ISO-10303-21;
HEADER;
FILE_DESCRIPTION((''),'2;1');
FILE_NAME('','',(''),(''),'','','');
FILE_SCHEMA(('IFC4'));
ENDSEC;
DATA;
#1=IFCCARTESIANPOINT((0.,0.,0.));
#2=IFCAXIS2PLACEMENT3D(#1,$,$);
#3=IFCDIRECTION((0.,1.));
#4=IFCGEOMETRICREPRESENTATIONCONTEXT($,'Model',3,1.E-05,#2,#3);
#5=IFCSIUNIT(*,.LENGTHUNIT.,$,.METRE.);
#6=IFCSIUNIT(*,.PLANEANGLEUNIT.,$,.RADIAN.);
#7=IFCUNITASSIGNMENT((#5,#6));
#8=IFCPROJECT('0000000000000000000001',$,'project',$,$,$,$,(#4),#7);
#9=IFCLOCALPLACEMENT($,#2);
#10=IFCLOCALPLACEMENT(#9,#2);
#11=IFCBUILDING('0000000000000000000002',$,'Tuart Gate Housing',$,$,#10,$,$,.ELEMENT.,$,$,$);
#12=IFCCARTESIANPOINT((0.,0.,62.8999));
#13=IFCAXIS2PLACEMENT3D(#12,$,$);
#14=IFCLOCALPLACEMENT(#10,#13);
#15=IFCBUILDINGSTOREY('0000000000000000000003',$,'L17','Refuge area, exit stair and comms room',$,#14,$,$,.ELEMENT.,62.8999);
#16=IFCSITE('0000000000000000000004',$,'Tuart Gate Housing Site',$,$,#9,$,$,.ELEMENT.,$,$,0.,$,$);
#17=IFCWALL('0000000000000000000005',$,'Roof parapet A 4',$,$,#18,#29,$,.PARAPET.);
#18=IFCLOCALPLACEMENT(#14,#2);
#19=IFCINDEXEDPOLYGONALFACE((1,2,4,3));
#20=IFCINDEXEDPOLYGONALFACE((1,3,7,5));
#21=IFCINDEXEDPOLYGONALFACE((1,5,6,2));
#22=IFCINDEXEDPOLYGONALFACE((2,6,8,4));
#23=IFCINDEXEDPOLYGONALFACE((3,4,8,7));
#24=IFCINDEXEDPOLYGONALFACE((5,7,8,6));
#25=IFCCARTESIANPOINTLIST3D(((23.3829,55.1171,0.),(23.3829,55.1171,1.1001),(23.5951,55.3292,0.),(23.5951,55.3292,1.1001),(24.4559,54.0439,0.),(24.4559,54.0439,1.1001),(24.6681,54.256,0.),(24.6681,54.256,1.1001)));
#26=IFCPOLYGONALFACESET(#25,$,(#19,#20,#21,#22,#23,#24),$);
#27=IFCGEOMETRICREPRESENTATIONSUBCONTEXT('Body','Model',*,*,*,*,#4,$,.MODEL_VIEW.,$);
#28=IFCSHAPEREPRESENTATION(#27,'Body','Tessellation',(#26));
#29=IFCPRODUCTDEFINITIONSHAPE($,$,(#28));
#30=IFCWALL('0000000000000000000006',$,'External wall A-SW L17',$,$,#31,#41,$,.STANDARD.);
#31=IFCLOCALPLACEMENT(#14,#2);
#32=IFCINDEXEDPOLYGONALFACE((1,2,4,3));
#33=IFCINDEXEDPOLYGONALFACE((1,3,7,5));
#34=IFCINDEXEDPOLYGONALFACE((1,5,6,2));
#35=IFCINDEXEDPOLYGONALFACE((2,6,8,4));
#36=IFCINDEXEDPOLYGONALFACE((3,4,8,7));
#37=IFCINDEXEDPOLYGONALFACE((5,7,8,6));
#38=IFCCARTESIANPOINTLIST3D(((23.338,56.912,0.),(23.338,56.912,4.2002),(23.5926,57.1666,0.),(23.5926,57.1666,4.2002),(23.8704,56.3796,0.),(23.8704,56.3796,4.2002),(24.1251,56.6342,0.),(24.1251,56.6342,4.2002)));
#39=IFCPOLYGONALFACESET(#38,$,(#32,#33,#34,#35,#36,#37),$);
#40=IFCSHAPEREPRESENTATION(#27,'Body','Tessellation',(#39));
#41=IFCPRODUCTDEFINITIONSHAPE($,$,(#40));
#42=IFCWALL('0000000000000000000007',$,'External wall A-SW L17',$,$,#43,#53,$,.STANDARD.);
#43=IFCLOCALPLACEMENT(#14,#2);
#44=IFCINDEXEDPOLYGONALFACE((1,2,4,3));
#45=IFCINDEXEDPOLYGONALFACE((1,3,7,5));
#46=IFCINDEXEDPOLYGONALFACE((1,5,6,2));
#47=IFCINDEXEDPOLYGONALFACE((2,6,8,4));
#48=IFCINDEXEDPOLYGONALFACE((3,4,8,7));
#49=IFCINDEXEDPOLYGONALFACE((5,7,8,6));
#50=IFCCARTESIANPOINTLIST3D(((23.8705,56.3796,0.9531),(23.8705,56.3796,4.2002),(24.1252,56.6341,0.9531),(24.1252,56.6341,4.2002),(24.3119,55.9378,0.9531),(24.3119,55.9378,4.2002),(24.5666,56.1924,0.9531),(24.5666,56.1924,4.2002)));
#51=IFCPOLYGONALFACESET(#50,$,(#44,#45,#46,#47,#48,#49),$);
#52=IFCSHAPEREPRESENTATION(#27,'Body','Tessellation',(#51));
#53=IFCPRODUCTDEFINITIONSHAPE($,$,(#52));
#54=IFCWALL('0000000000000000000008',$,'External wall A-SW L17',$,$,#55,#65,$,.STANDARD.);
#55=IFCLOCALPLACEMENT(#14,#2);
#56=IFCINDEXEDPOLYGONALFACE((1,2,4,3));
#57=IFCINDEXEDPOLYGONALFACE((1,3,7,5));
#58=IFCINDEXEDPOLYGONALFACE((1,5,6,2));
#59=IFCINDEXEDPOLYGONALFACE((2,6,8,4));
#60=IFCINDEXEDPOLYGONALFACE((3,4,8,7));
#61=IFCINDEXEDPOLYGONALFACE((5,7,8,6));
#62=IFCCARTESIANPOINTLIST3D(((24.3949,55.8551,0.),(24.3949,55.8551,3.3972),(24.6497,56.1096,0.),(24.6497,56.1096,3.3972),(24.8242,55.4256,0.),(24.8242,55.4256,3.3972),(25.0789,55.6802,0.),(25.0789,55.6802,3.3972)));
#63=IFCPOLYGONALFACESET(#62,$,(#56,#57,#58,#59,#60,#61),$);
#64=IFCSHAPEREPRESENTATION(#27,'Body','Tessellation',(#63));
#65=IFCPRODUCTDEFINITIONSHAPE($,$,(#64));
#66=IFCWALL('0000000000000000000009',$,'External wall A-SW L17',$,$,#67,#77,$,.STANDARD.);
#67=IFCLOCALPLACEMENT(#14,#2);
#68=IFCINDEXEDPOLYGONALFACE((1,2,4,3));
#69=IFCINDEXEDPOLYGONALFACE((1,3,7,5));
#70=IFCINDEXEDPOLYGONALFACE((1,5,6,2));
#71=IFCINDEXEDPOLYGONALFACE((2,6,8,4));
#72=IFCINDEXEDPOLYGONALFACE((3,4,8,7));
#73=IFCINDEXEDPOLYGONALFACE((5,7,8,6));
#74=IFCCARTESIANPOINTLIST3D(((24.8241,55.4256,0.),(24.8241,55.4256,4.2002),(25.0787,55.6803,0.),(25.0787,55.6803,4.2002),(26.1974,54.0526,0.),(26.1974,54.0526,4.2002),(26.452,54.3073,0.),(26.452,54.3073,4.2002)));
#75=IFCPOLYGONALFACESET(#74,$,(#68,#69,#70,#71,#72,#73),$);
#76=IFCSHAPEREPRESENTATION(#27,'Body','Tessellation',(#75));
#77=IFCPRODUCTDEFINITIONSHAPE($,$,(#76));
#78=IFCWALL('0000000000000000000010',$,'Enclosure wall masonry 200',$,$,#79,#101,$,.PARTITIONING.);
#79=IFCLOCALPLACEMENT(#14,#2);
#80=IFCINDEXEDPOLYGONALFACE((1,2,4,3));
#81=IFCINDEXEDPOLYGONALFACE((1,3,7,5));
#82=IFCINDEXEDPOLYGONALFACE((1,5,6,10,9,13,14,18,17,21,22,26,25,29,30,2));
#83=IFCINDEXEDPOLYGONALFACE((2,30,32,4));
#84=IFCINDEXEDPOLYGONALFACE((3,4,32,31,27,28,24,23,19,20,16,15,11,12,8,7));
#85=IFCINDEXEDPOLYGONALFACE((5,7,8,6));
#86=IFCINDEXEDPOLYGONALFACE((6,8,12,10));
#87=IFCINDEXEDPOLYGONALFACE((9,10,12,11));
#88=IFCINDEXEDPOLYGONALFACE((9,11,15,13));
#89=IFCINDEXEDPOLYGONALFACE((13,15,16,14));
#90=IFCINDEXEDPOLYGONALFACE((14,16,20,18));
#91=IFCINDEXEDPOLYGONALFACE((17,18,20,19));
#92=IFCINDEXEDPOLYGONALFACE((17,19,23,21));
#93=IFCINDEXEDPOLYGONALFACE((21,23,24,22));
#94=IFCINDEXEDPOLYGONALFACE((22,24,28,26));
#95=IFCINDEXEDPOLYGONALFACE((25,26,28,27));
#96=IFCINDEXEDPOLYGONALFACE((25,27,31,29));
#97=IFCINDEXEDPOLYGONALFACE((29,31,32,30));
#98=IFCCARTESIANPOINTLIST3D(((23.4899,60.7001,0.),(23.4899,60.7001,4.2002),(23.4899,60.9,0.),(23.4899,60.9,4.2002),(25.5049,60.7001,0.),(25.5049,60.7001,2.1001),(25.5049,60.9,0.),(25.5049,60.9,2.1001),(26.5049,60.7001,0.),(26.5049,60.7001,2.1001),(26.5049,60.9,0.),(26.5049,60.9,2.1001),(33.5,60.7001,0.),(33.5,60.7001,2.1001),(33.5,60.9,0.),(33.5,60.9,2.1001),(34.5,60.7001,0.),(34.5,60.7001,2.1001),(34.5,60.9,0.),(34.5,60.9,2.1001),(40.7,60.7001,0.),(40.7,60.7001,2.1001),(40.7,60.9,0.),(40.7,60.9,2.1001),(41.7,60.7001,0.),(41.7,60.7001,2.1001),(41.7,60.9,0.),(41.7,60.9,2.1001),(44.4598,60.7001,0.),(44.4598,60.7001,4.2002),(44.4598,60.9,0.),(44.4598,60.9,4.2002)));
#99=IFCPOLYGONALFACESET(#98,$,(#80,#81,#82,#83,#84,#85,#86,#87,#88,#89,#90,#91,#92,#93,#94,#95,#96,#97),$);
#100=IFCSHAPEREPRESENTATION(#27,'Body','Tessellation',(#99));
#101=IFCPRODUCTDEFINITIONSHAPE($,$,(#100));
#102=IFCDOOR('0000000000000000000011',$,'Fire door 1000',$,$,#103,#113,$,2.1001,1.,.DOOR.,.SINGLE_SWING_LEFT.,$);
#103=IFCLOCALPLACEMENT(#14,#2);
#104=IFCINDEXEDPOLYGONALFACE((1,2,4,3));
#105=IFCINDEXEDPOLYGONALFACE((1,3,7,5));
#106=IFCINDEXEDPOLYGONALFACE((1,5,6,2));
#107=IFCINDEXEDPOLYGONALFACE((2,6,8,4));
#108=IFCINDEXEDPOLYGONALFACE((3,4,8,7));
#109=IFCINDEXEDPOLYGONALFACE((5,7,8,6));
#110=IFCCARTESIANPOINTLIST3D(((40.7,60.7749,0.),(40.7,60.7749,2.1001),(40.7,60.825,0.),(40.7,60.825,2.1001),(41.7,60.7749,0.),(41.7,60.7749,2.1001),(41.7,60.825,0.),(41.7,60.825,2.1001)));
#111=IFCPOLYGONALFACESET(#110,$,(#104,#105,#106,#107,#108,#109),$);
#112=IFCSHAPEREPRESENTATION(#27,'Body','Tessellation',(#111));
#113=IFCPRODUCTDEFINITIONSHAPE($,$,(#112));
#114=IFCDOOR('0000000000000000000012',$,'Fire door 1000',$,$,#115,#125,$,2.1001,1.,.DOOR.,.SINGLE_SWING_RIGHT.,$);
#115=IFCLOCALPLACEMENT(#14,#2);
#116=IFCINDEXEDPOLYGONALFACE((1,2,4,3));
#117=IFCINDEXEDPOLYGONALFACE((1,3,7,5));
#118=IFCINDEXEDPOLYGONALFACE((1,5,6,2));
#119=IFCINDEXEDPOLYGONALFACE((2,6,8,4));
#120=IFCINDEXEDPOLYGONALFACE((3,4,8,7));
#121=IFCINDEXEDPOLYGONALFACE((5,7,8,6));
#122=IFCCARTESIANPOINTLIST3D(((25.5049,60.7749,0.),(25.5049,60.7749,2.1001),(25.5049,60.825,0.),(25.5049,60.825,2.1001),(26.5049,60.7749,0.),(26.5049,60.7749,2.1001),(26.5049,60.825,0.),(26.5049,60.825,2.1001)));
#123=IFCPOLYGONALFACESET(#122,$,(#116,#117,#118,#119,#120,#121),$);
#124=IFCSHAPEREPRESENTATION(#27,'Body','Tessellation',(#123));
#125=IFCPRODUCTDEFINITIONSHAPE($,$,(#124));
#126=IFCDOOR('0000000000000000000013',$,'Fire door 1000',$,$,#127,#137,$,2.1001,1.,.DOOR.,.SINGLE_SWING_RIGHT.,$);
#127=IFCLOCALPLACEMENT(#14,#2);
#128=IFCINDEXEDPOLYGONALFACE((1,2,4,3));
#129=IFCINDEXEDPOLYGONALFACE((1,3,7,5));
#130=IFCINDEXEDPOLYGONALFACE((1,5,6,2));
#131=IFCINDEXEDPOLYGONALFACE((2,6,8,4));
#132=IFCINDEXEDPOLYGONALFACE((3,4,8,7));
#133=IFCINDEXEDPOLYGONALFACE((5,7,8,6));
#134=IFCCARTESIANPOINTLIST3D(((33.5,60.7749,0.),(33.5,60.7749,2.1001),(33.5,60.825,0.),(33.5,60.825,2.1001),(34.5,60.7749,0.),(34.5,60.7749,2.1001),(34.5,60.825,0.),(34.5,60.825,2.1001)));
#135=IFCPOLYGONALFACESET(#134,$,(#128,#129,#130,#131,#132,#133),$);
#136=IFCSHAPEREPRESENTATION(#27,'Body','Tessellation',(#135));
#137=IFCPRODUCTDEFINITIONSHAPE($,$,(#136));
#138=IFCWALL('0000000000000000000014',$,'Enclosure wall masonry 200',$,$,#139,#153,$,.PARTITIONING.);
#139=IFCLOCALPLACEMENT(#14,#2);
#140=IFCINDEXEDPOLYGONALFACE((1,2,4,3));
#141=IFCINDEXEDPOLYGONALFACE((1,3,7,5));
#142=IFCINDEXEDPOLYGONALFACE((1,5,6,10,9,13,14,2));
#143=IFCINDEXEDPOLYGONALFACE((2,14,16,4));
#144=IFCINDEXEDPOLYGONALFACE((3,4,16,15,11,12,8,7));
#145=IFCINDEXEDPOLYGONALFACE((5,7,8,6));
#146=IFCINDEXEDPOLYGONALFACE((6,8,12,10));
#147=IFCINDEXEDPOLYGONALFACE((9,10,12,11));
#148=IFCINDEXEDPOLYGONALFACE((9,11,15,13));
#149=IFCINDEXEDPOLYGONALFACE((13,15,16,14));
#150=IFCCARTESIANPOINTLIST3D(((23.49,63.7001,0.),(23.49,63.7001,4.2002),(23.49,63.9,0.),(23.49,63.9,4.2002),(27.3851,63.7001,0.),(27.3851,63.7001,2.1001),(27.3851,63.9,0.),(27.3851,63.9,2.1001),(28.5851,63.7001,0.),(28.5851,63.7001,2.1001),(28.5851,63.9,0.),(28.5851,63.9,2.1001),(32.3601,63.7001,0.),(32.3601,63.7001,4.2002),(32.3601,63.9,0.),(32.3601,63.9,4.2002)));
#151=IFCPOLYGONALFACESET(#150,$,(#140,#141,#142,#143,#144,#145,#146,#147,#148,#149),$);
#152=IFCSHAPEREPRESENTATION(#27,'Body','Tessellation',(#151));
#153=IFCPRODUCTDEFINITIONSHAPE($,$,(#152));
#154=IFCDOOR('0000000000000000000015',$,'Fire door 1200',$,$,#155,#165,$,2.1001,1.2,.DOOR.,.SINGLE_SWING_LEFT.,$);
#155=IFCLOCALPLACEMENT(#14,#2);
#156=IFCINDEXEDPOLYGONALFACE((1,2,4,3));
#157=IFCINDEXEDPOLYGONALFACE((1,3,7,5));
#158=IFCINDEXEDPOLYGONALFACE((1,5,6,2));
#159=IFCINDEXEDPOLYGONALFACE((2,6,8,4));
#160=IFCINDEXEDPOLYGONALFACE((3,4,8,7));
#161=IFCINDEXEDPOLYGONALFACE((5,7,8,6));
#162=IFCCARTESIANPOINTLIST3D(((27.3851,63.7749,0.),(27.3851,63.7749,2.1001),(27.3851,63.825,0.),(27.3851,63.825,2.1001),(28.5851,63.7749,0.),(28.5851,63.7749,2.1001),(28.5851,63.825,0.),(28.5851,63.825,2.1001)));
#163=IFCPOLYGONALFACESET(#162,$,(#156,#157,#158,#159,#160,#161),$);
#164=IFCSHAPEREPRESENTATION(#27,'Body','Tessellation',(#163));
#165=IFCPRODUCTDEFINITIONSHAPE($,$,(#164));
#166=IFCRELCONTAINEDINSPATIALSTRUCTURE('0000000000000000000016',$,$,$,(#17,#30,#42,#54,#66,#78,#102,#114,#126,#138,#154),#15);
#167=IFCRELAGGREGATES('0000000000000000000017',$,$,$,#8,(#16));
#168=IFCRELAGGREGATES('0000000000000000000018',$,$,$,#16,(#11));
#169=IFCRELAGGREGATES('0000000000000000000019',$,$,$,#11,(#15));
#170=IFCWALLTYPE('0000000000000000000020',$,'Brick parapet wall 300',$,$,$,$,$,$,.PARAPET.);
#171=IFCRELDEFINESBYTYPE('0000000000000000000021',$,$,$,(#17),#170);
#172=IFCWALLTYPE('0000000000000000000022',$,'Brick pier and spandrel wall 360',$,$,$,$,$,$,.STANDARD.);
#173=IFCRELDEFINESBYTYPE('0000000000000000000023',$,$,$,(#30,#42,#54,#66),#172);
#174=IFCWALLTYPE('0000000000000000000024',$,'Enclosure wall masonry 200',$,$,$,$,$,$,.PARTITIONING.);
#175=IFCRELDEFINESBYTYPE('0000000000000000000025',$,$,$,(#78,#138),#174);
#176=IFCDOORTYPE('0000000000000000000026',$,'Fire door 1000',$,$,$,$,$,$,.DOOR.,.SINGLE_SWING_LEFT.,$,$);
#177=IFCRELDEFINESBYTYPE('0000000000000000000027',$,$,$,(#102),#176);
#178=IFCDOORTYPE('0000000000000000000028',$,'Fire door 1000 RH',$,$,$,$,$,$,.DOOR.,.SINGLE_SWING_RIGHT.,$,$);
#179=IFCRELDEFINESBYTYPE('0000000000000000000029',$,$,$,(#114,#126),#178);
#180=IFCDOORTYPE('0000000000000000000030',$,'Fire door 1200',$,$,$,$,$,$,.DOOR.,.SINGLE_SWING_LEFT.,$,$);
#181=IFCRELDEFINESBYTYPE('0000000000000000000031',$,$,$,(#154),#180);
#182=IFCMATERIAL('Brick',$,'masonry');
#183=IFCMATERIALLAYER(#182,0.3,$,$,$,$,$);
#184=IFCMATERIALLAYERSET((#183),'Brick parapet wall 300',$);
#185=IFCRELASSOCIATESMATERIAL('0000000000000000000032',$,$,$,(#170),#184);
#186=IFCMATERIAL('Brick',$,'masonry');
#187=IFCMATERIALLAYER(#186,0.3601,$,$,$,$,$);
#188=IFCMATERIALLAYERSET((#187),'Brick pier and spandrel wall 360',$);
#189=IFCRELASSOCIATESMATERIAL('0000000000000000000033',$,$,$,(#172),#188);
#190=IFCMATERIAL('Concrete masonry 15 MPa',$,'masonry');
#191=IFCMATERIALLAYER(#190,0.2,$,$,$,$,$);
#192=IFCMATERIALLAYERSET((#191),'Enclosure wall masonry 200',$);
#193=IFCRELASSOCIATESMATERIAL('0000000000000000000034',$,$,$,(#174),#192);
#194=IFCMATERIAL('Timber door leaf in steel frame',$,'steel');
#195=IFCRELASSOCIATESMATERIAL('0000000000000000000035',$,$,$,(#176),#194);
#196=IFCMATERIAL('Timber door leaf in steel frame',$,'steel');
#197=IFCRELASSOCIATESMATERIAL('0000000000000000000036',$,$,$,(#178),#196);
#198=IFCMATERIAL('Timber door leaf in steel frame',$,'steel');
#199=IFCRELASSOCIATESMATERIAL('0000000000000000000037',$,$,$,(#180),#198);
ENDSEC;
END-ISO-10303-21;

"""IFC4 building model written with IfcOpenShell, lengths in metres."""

from ifc_helpers import new_model, si_unit, direction, frame, frame_2d, origin, place, context, subcontext, project, spatial, rectangle, extrude, material, layer, layer_set, type_object, element, fill, save


model = new_model("IFC4")

# Units and contexts
model_context = context("Model", 3, precision=1e-05, world=origin(), true_north=direction((0.0, 1.0)))
body_context = subcontext(model_context, "Body", "Model", "MODEL_VIEW")
ifc_project = project(units=[si_unit("LENGTHUNIT", "METRE"), si_unit("PLANEANGLEUNIT", "RADIAN")], contexts=[model_context])

# Site, building, storey
site_placement = place(None, origin())
site = spatial("IfcSite", under=ifc_project, at=site_placement, Name="Tuart Gate Housing Site", CompositionType="ELEMENT", RefElevation=0.0)
building_placement = place(site_placement, origin())
building = spatial("IfcBuilding", under=site, at=building_placement, Name="Tuart Gate Housing", CompositionType="ELEMENT")
storey_placement = place(building_placement, frame((0.0, 0.0, 62.8999)))
storey = spatial("IfcBuildingStorey", under=building, at=storey_placement, Name="L17", Description="Refuge area, exit stair and comms room", CompositionType="ELEMENT", Elevation=62.8999)

# Walls
ifc_material_1 = material(Name="Brick", Category="masonry")
ifc_layer_1 = layer(ifc_material_1, 0.3)
ifc_layer_set_1 = layer_set([ifc_layer_1], Name="Brick parapet wall 300")
wall_type_1 = type_object("IfcWallType", Name="Brick parapet wall 300", PredefinedType="PARAPET", material=ifc_layer_set_1)
wall_1_placement = place(storey_placement, frame((23.489, 55.2231, 0.0), z_axis=(0.0, 0.0, 1.0), x_axis=(0.707026, -0.707187, 0.0)))
element("IfcWall", 1, at=wall_1_placement, inside=storey, type_object=wall_type_1, Name="Roof parapet A 4", PredefinedType="PARAPET", context=body_context, shape_type="SweptSolid", body=[
    extrude(rectangle(XDim=1.5176, YDim=0.3, at=frame_2d((0.7588, 0.0))), origin(), (0.0, 0.0, 1.0), 1.1001),
])
ifc_material_2 = material(Name="Brick", Category="masonry")
ifc_layer_2 = layer(ifc_material_2, 0.3601)
ifc_layer_set_2 = layer_set([ifc_layer_2], Name="Brick pier and spandrel wall 360")
wall_type_2 = type_object("IfcWallType", Name="Brick pier and spandrel wall 360", PredefinedType="STANDARD", material=ifc_layer_set_2)
wall_2_placement = place(storey_placement, frame((23.4653, 57.0393, 0.0), z_axis=(0.0, 0.0, 1.0), x_axis=(0.707107, -0.707107, 0.0)))
element("IfcWall", 2, at=wall_2_placement, inside=storey, type_object=wall_type_2, Name="External wall A-SW L17", PredefinedType="STANDARD", context=body_context, shape_type="SweptSolid", body=[
    extrude(rectangle(XDim=0.7529, YDim=0.3601, at=frame_2d((0.3765, 0.0))), origin(), (0.0, 0.0, 1.0), 4.2002),
])
wall_3_placement = place(storey_placement, frame((23.9978, 56.5068, 0.9531), z_axis=(0.0, 0.0, 1.0), x_axis=(0.706911, -0.707302, 0.0)))
element("IfcWall", 3, at=wall_3_placement, inside=storey, type_object=wall_type_2, Name="External wall A-SW L17", PredefinedType="STANDARD", context=body_context, shape_type="SweptSolid", body=[
    extrude(rectangle(XDim=0.6245, YDim=0.3601, at=frame_2d((0.3123, 0.0))), origin(), (0.0, 0.0, 1.0), 3.2471),
])
wall_4_placement = place(storey_placement, frame((24.5222, 55.9824, 0.0), z_axis=(0.0, 0.0, 1.0), x_axis=(0.706906, -0.707308, 0.0)))
element("IfcWall", 4, at=wall_4_placement, inside=storey, type_object=wall_type_2, Name="External wall A-SW L17", PredefinedType="STANDARD", context=body_context, shape_type="SweptSolid", body=[
    extrude(rectangle(XDim=0.6072, YDim=0.3601, at=frame_2d((0.3037, 0.0))), origin(), (0.0, 0.0, 1.0), 3.3972),
])
wall_5_placement = place(storey_placement, frame((24.9514, 55.553, 0.0), z_axis=(0.0, 0.0, 1.0), x_axis=(0.70717, -0.707044, 0.0)))
element("IfcWall", 5, at=wall_5_placement, inside=storey, type_object=wall_type_2, Name="External wall A-SW L17", PredefinedType="STANDARD", context=body_context, shape_type="SweptSolid", body=[
    extrude(rectangle(XDim=1.9419, YDim=0.3601, at=frame_2d((0.9709, 0.0))), origin(), (0.0, 0.0, 1.0), 4.2002),
])

# Wall, openings, doors
ifc_material_3 = material(Name="Concrete masonry 15 MPa", Category="masonry")
ifc_layer_3 = layer(ifc_material_3, 0.2)
ifc_layer_set_3 = layer_set([ifc_layer_3], Name="Enclosure wall masonry 200")
wall_type_3 = type_object("IfcWallType", Name="Enclosure wall masonry 200", PredefinedType="PARTITIONING", material=ifc_layer_set_3)
wall_6_placement = place(storey_placement, frame((23.49, 60.8, 0.0), z_axis=(0.0, 0.0, 1.0), x_axis=(1.0, 0.0, 0.0)))
wall_6 = element("IfcWall", 6, at=wall_6_placement, inside=storey, type_object=wall_type_3, Name="Enclosure wall masonry 200", PredefinedType="PARTITIONING", context=body_context, shape_type="SweptSolid", body=[
    extrude(rectangle(XDim=20.97, YDim=0.2, at=frame_2d((10.4849, 0.0))), origin(), (0.0, 0.0, 1.0), 4.2002),
])
opening_1_placement = place(wall_6_placement, frame((2.0149, 0.0, 0.0)))
opening_1 = element("IfcOpeningElement", 7, at=opening_1_placement, cuts=wall_6, PredefinedType="OPENING", context=body_context, shape_type="SweptSolid", body=[
    extrude(rectangle(XDim=1.0, YDim=2.1001, at=frame_2d((0.5, 1.05))), frame((0.0, 0.1099, 0.0), z_axis=(0.0, -1.0, 0.0), x_axis=(1.0, 0.0, 0.0)), (0.0, 0.0, 1.0), 0.22),
])
opening_2_placement = place(wall_6_placement, frame((10.01, 0.0, 0.0)))
opening_2 = element("IfcOpeningElement", 8, at=opening_2_placement, cuts=wall_6, PredefinedType="OPENING", context=body_context, shape_type="SweptSolid", body=[
    extrude(rectangle(XDim=1.0, YDim=2.1001, at=frame_2d((0.5, 1.05))), frame((0.0, 0.1099, 0.0), z_axis=(0.0, -1.0, 0.0), x_axis=(1.0, 0.0, 0.0)), (0.0, 0.0, 1.0), 0.22),
])
opening_3_placement = place(wall_6_placement, frame((17.21, 0.0, 0.0)))
opening_3 = element("IfcOpeningElement", 9, at=opening_3_placement, cuts=wall_6, PredefinedType="OPENING", context=body_context, shape_type="SweptSolid", body=[
    extrude(rectangle(XDim=1.0, YDim=2.1001, at=frame_2d((0.5, 1.05))), frame((0.0, 0.1099, 0.0), z_axis=(0.0, -1.0, 0.0), x_axis=(1.0, 0.0, 0.0)), (0.0, 0.0, 1.0), 0.22),
])
ifc_material_4 = material(Name="Timber door leaf in steel frame", Category="steel")
door_type_1 = type_object("IfcDoorType", Name="Fire door 1000", OperationType="SINGLE_SWING_LEFT", PredefinedType="DOOR", material=ifc_material_4)
door_1_placement = place(opening_3_placement, frame((1.0, 0.0, 0.0), z_axis=(0.0, 0.0, 1.0), x_axis=(-1.0, 0.0, 0.0)))
door_1 = element("IfcDoor", 10, at=door_1_placement, inside=storey, type_object=door_type_1, Name="Fire door 1000", OperationType="SINGLE_SWING_LEFT", OverallHeight=2.1001, OverallWidth=1.0, PredefinedType="DOOR", context=body_context, shape_type="SweptSolid", body=[
    extrude(rectangle(XDim=1.0, YDim=2.1001, at=frame_2d((0.5, 1.05))), frame((0.0, 0.0251, 0.0), z_axis=(0.0, -1.0, 0.0), x_axis=(1.0, 0.0, 0.0)), (0.0, 0.0, 1.0), 0.05),
])
fill(opening_3, door_1)
ifc_material_5 = material(Name="Timber door leaf in steel frame", Category="steel")
door_type_2 = type_object("IfcDoorType", Name="Fire door 1000 RH", OperationType="SINGLE_SWING_RIGHT", PredefinedType="DOOR", material=ifc_material_5)
door_2_placement = place(opening_1_placement, frame((1.0, 0.0, 0.0), z_axis=(0.0, 0.0, 1.0), x_axis=(-1.0, 0.0, 0.0)))
door_2 = element("IfcDoor", 11, at=door_2_placement, inside=storey, type_object=door_type_2, Name="Fire door 1000", OperationType="SINGLE_SWING_RIGHT", OverallHeight=2.1001, OverallWidth=1.0, PredefinedType="DOOR", context=body_context, shape_type="SweptSolid", body=[
    extrude(rectangle(XDim=1.0, YDim=2.1001, at=frame_2d((0.5, 1.05))), frame((0.0, 0.0251, 0.0), z_axis=(0.0, -1.0, 0.0), x_axis=(1.0, 0.0, 0.0)), (0.0, 0.0, 1.0), 0.05),
])
fill(opening_1, door_2)
door_3_placement = place(opening_2_placement, frame((1.0, 0.0, 0.0), z_axis=(0.0, 0.0, 1.0), x_axis=(-1.0, 0.0, 0.0)))
door_3 = element("IfcDoor", 12, at=door_3_placement, inside=storey, type_object=door_type_2, Name="Fire door 1000", OperationType="SINGLE_SWING_RIGHT", OverallHeight=2.1001, OverallWidth=1.0, PredefinedType="DOOR", context=body_context, shape_type="SweptSolid", body=[
    extrude(rectangle(XDim=1.0, YDim=2.1001, at=frame_2d((0.5, 1.05))), frame((0.0, 0.0251, 0.0), z_axis=(0.0, -1.0, 0.0), x_axis=(1.0, 0.0, 0.0)), (0.0, 0.0, 1.0), 0.05),
])
fill(opening_2, door_3)

# Wall, opening, door
wall_7_placement = place(storey_placement, frame((23.49, 63.8, 0.0), z_axis=(0.0, 0.0, 1.0), x_axis=(1.0, 0.0, 0.0)))
wall_7 = element("IfcWall", 13, at=wall_7_placement, inside=storey, type_object=wall_type_3, Name="Enclosure wall masonry 200", PredefinedType="PARTITIONING", context=body_context, shape_type="SweptSolid", body=[
    extrude(rectangle(XDim=8.8701, YDim=0.2, at=frame_2d((4.4351, 0.0))), origin(), (0.0, 0.0, 1.0), 4.2002),
])
opening_4_placement = place(wall_7_placement, frame((3.895, 0.0, 0.0)))
opening_4 = element("IfcOpeningElement", 14, at=opening_4_placement, cuts=wall_7, PredefinedType="OPENING", context=body_context, shape_type="SweptSolid", body=[
    extrude(rectangle(XDim=1.2, YDim=2.1001, at=frame_2d((0.6001, 1.05))), frame((0.0, 0.1099, 0.0), z_axis=(0.0, -1.0, 0.0), x_axis=(1.0, 0.0, 0.0)), (0.0, 0.0, 1.0), 0.22),
])
ifc_material_6 = material(Name="Timber door leaf in steel frame", Category="steel")
door_type_3 = type_object("IfcDoorType", Name="Fire door 1200", OperationType="SINGLE_SWING_LEFT", PredefinedType="DOOR", material=ifc_material_6)
door_4_placement = place(opening_4_placement, origin())
door_4 = element("IfcDoor", 15, at=door_4_placement, inside=storey, type_object=door_type_3, Name="Fire door 1200", OperationType="SINGLE_SWING_LEFT", OverallHeight=2.1001, OverallWidth=1.2, PredefinedType="DOOR", context=body_context, shape_type="SweptSolid", body=[
    extrude(rectangle(XDim=1.2, YDim=2.1001, at=frame_2d((0.6001, 1.05))), frame((0.0, 0.0249, 0.0), z_axis=(0.0, -1.0, 0.0), x_axis=(1.0, 0.0, 0.0)), (0.0, 0.0, 1.0), 0.05),
])
fill(opening_4, door_4)

save(model, "model.ifc")
